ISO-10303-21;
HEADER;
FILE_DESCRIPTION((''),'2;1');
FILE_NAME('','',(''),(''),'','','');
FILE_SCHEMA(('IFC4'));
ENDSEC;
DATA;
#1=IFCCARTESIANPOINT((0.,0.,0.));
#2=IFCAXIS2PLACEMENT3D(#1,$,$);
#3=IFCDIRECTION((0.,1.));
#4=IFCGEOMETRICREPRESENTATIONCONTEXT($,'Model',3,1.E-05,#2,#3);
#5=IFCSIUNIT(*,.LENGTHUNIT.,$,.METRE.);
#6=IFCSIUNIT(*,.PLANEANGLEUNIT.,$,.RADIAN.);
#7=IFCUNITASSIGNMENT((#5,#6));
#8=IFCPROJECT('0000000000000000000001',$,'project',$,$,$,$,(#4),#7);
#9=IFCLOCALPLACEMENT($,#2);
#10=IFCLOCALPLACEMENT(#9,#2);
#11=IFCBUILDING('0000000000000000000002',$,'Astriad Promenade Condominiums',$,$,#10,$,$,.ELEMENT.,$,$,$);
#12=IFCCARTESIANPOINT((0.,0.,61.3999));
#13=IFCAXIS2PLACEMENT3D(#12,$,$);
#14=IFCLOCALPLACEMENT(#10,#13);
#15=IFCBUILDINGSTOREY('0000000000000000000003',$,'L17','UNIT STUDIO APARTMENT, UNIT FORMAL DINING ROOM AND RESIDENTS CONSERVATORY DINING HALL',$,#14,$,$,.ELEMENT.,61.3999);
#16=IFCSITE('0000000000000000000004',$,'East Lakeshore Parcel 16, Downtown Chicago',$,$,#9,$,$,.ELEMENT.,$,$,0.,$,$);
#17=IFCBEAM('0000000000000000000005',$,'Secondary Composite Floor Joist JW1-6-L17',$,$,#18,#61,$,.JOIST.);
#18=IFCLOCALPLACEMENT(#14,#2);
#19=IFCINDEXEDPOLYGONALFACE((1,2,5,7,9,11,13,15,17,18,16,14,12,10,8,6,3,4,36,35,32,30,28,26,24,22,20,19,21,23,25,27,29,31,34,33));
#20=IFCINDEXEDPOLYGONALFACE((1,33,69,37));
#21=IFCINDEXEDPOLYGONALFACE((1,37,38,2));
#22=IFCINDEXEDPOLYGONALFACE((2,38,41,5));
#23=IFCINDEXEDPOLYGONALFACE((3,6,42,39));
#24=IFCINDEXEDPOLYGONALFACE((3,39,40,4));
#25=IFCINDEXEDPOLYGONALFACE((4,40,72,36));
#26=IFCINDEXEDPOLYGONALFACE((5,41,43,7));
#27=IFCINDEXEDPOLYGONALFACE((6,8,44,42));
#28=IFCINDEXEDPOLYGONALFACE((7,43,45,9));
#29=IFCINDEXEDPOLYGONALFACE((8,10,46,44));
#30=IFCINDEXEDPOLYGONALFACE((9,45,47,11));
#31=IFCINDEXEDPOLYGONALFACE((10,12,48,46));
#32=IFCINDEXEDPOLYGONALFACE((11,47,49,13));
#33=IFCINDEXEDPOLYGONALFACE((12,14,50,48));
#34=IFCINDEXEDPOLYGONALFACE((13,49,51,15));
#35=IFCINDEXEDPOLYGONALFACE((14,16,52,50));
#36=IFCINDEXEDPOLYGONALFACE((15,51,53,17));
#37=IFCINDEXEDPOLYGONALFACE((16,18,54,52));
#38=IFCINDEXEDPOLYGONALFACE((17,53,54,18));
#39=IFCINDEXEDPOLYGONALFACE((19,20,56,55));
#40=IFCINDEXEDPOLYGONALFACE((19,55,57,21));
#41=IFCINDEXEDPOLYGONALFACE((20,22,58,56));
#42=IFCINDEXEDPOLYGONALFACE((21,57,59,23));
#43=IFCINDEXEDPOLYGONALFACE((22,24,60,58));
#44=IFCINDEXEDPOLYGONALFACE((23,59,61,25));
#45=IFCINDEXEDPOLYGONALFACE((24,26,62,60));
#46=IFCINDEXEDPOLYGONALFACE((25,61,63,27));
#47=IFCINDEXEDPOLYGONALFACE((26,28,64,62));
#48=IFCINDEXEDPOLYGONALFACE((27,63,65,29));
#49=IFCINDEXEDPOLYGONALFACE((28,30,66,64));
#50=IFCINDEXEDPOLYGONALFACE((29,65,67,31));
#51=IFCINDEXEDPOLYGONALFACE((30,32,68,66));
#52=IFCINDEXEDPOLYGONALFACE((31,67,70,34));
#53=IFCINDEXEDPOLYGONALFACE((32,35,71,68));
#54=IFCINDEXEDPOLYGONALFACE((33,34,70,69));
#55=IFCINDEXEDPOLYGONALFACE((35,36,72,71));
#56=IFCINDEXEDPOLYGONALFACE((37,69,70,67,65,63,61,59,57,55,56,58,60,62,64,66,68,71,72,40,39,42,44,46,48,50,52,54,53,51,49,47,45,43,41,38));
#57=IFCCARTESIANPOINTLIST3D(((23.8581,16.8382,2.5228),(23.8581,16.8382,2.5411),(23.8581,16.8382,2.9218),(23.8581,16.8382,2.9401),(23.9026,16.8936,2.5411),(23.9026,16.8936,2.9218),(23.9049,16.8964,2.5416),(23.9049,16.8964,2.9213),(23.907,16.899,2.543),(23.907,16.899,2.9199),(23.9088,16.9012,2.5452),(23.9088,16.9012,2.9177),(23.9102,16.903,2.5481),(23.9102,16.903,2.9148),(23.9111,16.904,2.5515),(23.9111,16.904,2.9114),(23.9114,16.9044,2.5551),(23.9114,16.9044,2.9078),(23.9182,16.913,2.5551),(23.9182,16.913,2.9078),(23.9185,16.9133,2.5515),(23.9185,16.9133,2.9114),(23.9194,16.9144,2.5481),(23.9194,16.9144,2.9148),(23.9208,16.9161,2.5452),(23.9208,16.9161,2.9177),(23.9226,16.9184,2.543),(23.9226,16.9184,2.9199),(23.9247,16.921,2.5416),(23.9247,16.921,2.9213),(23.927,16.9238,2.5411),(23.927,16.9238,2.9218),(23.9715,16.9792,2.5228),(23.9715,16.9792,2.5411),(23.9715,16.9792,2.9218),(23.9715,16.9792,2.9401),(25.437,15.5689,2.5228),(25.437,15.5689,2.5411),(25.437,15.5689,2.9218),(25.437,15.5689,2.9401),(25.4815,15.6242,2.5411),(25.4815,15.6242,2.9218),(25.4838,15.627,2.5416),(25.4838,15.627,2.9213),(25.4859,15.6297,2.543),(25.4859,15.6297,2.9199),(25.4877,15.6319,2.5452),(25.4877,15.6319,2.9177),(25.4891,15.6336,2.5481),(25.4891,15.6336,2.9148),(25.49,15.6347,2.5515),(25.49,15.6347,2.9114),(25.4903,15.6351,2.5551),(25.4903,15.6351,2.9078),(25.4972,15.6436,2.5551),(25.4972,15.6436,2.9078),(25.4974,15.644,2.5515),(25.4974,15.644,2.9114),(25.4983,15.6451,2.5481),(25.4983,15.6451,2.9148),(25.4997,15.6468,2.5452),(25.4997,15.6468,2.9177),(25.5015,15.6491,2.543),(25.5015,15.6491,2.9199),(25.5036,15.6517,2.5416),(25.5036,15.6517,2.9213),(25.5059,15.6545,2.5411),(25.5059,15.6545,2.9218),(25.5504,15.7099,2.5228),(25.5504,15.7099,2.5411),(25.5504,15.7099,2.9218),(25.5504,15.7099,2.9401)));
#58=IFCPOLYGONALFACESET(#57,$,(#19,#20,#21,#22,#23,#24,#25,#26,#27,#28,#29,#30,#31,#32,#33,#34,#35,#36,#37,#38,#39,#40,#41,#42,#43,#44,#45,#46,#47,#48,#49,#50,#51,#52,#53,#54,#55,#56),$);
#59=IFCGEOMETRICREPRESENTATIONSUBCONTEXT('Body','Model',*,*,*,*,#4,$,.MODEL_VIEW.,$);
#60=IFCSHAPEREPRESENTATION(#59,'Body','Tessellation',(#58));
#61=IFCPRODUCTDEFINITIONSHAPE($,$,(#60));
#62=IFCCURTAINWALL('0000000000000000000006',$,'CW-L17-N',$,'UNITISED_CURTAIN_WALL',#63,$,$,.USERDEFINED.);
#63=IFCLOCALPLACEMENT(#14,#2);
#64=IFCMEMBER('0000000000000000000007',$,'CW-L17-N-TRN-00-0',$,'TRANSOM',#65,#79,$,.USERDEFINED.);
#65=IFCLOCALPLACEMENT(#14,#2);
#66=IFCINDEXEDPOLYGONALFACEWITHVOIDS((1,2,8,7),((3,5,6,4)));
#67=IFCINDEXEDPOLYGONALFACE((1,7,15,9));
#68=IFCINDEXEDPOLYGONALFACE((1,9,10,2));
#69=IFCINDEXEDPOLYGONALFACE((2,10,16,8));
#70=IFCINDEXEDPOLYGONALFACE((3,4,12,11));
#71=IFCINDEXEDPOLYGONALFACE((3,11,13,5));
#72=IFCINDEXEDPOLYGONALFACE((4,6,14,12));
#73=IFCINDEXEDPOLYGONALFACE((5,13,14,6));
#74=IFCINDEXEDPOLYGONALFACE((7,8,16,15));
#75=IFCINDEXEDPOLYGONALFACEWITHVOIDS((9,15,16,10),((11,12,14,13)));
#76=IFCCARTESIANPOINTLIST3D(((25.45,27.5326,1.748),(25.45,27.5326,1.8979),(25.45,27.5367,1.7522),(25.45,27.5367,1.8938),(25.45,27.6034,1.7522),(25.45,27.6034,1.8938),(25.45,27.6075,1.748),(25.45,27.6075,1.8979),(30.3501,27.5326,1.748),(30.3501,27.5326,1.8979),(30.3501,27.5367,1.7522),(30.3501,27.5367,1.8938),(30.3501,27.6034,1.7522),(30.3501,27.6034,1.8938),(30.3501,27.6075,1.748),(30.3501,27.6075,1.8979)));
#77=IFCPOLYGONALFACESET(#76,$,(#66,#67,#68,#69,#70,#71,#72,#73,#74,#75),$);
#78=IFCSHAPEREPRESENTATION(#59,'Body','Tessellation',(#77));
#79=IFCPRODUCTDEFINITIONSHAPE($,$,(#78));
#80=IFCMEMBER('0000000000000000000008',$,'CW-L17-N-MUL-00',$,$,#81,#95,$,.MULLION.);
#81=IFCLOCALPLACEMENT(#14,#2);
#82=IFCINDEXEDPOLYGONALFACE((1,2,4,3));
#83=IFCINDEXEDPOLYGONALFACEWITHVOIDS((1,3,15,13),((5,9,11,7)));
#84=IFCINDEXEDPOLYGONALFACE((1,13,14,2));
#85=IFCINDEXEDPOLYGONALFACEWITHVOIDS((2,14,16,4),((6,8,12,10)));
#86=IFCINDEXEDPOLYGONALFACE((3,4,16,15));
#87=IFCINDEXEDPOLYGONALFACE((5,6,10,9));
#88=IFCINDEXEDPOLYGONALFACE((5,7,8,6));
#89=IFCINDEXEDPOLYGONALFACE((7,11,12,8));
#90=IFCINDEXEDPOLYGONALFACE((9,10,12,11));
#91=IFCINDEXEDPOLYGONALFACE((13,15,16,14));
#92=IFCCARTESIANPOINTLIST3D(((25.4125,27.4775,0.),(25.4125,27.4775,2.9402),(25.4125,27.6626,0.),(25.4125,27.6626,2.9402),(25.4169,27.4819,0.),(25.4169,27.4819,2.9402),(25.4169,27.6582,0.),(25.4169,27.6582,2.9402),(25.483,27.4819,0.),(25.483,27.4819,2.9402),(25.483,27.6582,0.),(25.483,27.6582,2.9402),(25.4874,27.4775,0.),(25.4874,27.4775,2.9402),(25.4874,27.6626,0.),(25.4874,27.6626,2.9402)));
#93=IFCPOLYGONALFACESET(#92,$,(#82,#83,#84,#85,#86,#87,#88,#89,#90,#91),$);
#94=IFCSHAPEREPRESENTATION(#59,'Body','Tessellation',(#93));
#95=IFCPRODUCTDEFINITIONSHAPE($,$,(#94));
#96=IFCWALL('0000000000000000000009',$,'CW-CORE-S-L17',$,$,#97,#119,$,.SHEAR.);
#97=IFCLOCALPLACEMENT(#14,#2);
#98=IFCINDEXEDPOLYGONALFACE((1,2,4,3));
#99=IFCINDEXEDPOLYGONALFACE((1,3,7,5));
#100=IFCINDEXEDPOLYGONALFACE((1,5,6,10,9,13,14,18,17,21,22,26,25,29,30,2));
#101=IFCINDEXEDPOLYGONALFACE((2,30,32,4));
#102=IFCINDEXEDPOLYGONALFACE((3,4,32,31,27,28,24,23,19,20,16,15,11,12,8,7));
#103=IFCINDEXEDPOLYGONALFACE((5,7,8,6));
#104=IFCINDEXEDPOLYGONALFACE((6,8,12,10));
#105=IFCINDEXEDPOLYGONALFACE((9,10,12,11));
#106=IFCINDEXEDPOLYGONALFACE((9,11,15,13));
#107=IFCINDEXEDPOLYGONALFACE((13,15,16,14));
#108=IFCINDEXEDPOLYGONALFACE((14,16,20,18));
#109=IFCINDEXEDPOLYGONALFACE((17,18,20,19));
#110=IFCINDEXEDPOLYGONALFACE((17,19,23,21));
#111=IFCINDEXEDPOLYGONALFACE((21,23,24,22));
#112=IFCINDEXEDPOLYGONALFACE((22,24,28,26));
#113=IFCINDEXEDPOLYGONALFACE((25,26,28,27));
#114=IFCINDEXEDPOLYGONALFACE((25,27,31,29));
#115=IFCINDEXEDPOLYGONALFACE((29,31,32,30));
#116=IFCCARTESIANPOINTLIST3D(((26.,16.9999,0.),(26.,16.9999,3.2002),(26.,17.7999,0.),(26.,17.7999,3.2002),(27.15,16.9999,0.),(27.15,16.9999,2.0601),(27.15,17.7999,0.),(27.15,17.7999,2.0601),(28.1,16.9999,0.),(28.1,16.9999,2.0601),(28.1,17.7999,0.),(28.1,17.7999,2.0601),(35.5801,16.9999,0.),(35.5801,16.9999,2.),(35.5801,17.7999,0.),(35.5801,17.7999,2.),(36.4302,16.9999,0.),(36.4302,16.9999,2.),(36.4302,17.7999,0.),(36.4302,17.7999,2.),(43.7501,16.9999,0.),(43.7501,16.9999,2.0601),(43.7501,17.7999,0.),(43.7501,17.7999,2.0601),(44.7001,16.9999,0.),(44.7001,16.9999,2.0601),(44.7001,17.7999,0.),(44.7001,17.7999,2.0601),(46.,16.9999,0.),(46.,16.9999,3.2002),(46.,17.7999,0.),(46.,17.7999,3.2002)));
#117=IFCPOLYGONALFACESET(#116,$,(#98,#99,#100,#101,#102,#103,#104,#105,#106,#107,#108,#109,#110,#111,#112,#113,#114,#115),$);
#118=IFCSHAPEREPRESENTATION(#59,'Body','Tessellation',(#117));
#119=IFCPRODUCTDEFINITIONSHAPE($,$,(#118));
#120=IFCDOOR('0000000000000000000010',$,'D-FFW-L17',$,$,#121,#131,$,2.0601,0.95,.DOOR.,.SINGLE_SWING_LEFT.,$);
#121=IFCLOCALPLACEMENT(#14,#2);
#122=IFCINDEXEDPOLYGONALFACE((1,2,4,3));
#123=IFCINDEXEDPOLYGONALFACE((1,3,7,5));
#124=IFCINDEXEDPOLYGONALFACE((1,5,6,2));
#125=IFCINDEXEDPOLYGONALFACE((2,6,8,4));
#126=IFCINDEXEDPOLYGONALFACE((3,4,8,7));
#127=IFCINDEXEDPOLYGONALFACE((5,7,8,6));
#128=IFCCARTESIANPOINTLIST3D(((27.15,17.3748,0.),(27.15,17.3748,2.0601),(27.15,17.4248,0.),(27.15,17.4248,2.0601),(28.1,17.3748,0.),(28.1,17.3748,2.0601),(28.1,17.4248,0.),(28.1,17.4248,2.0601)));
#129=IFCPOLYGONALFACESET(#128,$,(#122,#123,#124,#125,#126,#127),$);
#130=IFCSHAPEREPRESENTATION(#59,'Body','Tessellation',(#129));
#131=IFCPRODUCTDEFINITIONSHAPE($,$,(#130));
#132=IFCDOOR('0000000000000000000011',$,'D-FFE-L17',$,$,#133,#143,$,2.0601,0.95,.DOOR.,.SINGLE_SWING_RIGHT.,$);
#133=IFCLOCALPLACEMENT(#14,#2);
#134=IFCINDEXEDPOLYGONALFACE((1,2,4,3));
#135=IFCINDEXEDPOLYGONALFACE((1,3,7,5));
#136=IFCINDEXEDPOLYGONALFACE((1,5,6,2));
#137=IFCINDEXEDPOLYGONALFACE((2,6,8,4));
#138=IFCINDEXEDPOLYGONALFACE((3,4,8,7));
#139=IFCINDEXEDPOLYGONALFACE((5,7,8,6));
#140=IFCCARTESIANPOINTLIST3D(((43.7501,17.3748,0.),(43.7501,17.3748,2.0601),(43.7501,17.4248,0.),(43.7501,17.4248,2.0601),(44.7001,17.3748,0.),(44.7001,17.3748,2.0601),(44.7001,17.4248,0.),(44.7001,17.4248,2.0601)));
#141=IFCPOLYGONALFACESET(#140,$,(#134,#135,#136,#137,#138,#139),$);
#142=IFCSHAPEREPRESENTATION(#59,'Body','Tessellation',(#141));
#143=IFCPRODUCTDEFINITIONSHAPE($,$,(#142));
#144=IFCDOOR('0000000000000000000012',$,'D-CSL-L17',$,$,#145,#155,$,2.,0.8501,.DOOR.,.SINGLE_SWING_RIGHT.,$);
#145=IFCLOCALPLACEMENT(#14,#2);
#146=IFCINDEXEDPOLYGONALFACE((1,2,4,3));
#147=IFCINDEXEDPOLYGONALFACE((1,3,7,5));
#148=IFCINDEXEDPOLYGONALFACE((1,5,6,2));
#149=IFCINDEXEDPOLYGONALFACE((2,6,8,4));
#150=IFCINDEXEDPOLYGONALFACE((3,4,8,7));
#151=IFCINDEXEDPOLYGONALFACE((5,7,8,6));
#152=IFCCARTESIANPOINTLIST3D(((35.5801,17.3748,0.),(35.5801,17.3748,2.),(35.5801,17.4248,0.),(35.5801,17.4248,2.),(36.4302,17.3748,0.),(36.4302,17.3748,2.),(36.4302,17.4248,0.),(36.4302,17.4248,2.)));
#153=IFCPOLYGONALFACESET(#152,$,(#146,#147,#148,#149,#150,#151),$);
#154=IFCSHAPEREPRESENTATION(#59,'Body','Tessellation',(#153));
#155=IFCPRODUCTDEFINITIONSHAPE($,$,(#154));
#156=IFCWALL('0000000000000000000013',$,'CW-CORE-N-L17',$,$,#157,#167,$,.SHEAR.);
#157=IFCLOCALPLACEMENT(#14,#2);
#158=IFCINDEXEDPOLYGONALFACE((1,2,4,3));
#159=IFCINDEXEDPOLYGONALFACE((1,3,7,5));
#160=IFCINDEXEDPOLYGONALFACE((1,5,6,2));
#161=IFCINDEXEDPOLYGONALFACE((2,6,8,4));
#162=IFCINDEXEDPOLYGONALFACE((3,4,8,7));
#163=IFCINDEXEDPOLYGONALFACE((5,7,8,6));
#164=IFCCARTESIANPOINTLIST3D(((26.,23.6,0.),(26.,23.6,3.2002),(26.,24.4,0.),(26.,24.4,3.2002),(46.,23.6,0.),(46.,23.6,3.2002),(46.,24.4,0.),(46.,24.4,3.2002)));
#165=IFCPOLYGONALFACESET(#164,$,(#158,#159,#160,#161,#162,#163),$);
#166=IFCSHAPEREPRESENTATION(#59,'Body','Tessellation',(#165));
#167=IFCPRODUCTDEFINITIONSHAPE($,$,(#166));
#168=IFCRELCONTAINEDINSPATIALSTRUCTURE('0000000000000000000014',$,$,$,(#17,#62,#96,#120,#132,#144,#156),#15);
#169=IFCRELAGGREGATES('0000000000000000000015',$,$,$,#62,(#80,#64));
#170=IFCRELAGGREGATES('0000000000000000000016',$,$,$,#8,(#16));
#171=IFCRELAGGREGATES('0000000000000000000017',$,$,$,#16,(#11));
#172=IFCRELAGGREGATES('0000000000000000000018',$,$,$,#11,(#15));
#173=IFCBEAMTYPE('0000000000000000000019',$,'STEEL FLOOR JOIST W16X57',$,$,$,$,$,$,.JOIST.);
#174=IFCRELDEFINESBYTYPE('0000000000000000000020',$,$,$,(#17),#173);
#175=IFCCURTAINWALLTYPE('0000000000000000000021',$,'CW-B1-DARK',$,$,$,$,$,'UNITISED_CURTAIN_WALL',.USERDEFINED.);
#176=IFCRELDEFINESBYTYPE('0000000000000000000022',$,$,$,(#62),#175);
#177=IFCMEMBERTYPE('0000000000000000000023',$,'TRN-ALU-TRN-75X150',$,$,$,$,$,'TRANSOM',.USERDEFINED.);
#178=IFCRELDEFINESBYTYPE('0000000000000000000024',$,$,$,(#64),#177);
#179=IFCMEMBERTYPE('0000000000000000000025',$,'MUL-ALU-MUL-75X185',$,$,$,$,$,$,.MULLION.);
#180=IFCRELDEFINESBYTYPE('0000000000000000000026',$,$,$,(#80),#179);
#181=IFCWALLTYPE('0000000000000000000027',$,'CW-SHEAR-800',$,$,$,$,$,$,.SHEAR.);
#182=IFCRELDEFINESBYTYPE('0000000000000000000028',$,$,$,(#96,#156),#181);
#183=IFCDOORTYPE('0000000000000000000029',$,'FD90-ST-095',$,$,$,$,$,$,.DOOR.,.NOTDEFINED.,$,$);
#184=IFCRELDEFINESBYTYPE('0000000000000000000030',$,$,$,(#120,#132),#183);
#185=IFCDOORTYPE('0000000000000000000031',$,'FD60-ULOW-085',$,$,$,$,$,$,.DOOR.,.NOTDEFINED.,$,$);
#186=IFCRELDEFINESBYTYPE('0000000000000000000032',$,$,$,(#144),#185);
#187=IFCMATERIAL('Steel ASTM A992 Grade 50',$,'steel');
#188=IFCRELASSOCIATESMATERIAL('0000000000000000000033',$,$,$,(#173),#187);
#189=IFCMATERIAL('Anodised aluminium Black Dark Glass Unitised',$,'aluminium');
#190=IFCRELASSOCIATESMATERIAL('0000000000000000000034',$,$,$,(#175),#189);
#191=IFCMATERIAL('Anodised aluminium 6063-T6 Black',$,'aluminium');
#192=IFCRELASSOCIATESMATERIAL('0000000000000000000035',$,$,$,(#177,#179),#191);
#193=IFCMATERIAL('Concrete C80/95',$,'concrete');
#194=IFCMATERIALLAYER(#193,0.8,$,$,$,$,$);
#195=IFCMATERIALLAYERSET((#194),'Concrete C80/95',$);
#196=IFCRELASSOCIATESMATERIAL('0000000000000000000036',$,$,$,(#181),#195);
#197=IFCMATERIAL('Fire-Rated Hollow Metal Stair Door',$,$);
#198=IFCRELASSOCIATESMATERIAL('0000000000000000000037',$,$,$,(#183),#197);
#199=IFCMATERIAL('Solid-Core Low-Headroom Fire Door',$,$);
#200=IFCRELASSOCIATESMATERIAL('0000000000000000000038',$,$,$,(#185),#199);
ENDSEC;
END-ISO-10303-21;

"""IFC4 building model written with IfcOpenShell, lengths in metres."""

from ifc_helpers import new_model, si_unit, direction, frame, frame_2d, origin, origin_2d, place, context, subcontext, project, spatial, rectangle, hollow_rectangle, i_section, extrude, source, transform, mapped, material, layer, layer_set, material_profile, profile_set, type_object, type_shapes, element, fill, aggregate, save


model = new_model("IFC4")

# Units and contexts
model_context = context("Model", 3, precision=1e-05, world=origin(), true_north=direction((0.0, 1.0)))
body_context = subcontext(model_context, "Body", "Model", "MODEL_VIEW")
ifc_project = project(units=[si_unit("LENGTHUNIT", "METRE"), si_unit("PLANEANGLEUNIT", "RADIAN")], contexts=[model_context])

# Site, building, storey
site_placement = place(None, origin())
site = spatial("IfcSite", under=ifc_project, at=site_placement, Name="East Lakeshore Parcel 16, Downtown Chicago", CompositionType="ELEMENT", RefElevation=0.0)
building_placement = place(site_placement, origin())
building = spatial("IfcBuilding", under=site, at=building_placement, Name="Astriad Promenade Condominiums", CompositionType="ELEMENT")
storey_placement = place(building_placement, frame((0.0, 0.0, 61.3999)))
storey = spatial("IfcBuildingStorey", under=building, at=storey_placement, Name="L17", Description="UNIT STUDIO APARTMENT, UNIT FORMAL DINING ROOM AND RESIDENTS CONSERVATORY DINING HALL", CompositionType="ELEMENT", Elevation=61.3999)

# Shared definitions
ifc_material_1 = material(Name="Steel ASTM A992 Grade 50", Category="steel")
ifc_material_2 = material(Name="Concrete C80/95", Category="concrete")

# Beam
ifc_material_profile_1 = material_profile(ifc_material_1, i_section(OverallWidth=0.1809, OverallDepth=0.4172, WebThickness=0.011, FlangeThickness=0.0183, FilletRadius=0.0139, at=origin_2d()), Name="W16X57")
ifc_profile_set_1 = profile_set([ifc_material_profile_1], Name="Steel ASTM A992 Grade 50")
beam_type_1 = type_object("IfcBeamType", Name="STEEL FLOOR JOIST W16X57", PredefinedType="JOIST", material=ifc_profile_set_1)
shared_shape_1 = source(origin(), body_context, "Body", "SweptSolid", [
    extrude(i_section(OverallWidth=0.1809, OverallDepth=0.4172, WebThickness=0.011, FlangeThickness=0.0183, FilletRadius=0.0139, at=origin_2d()), origin(), (0.0, 0.0, 1.0), 2.0259),
])
type_shapes(beam_type_1, [shared_shape_1])
beam_1_placement = place(storey_placement, frame((23.9148, 16.9087, 2.7314), z_axis=(0.779373, -0.62656, 0.0), x_axis=(0.62656, 0.779373, 0.0)))
element("IfcBeam", 1, at=beam_1_placement, inside=storey, type_object=beam_type_1, Name="Secondary Composite Floor Joist JW1-6-L17", PredefinedType="JOIST", context=body_context, shape_type="MappedRepresentation", body=[
    mapped(shared_shape_1, transform((0.0, 0.0, 0.0), scale=1.0)),
])

# Curtain wall, members
ifc_material_3 = material(Name="Anodised aluminium Black Dark Glass Unitised", Category="aluminium")
curtain_wall_type = type_object("IfcCurtainWallType", Name="CW-B1-DARK", ElementType="UNITISED_CURTAIN_WALL", PredefinedType="USERDEFINED", material=ifc_material_3)
curtain_wall_placement = place(storey_placement, origin())
curtain_wall = element("IfcCurtainWall", 2, at=curtain_wall_placement, inside=storey, type_object=curtain_wall_type, Name="CW-L17-N", ObjectType="UNITISED_CURTAIN_WALL", PredefinedType="USERDEFINED")
ifc_material_4 = material(Name="Anodised aluminium 6063-T6 Black", Category="aluminium")
ifc_material_profile_2 = material_profile(ifc_material_4, hollow_rectangle(XDim=0.075, YDim=0.1499, WallThickness=0.0042, at=origin_2d()), Name="ALU-TRN-75X150")
ifc_profile_set_2 = profile_set([ifc_material_profile_2], Name="Anodised aluminium 6063-T6 Black")
member_type_1 = type_object("IfcMemberType", Name="TRN-ALU-TRN-75X150", ElementType="TRANSOM", PredefinedType="USERDEFINED", material=ifc_profile_set_2)
shared_shape_2 = source(origin(), body_context, "Body", "SweptSolid", [
    extrude(hollow_rectangle(XDim=0.075, YDim=0.1499, WallThickness=0.0042, at=origin_2d()), origin(), (0.0, 0.0, 1.0), 4.9001),
])
type_shapes(member_type_1, [shared_shape_2])
member_1_placement = place(storey_placement, frame((25.45, 27.5701, 1.823), z_axis=(1.0, 0.0, 0.0), x_axis=(0.0, 1.0, 0.0)))
member_1 = element("IfcMember", 3, at=member_1_placement, type_object=member_type_1, Name="CW-L17-N-TRN-00-0", ObjectType="TRANSOM", PredefinedType="USERDEFINED", context=body_context, shape_type="MappedRepresentation", body=[
    mapped(shared_shape_2, transform((0.0, 0.0, 0.0), scale=1.0)),
])
ifc_material_profile_3 = material_profile(ifc_material_4, hollow_rectangle(XDim=0.075, YDim=0.1851, WallThickness=0.0044, at=origin_2d()), Name="ALU-MUL-75X185")
ifc_profile_set_3 = profile_set([ifc_material_profile_3], Name="Anodised aluminium 6063-T6 Black")
member_type_2 = type_object("IfcMemberType", Name="MUL-ALU-MUL-75X185", PredefinedType="MULLION", material=ifc_profile_set_3)
shared_shape_3 = source(origin(), body_context, "Body", "SweptSolid", [
    extrude(hollow_rectangle(XDim=0.075, YDim=0.1851, WallThickness=0.0044, at=origin_2d()), origin(), (0.0, 0.0, 1.0), 2.9402),
])
type_shapes(member_type_2, [shared_shape_3])
member_2_placement = place(storey_placement, frame((25.45, 27.5701, 0.0), z_axis=(0.0, 0.0, 1.0), x_axis=(1.0, 0.0, 0.0)))
member_2 = element("IfcMember", 4, at=member_2_placement, type_object=member_type_2, Name="CW-L17-N-MUL-00", PredefinedType="MULLION", context=body_context, shape_type="MappedRepresentation", body=[
    mapped(shared_shape_3, transform((0.0, 0.0, 0.0), scale=1.0)),
])
aggregate(curtain_wall, [member_2, member_1])

# Wall, openings, doors
ifc_layer_1 = layer(ifc_material_2, 0.8)
ifc_layer_set_1 = layer_set([ifc_layer_1], Name="Concrete C80/95")
wall_type_1 = type_object("IfcWallType", Name="CW-SHEAR-800", PredefinedType="SHEAR", material=ifc_layer_set_1)
wall_1_placement = place(storey_placement, frame((26.0, 17.3999, 0.0), z_axis=(0.0, 0.0, 1.0), x_axis=(1.0, 0.0, 0.0)))
wall_1 = element("IfcWall", 5, at=wall_1_placement, inside=storey, type_object=wall_type_1, Name="CW-CORE-S-L17", PredefinedType="SHEAR", context=body_context, shape_type="SweptSolid", body=[
    extrude(rectangle(XDim=20.0, YDim=0.8, at=frame_2d((10.0, 0.0))), origin(), (0.0, 0.0, 1.0), 3.2002),
])
opening_1_placement = place(wall_1_placement, frame((1.1499, 0.0, 0.0)))
opening_1 = element("IfcOpeningElement", 6, at=opening_1_placement, cuts=wall_1, PredefinedType="OPENING", context=body_context, shape_type="SweptSolid", body=[
    extrude(rectangle(XDim=0.95, YDim=2.0601, at=frame_2d((0.4751, 1.03))), frame((0.0, 0.4099, 0.0), z_axis=(0.0, -1.0, 0.0), x_axis=(1.0, 0.0, 0.0)), (0.0, 0.0, 1.0), 0.8201),
])
opening_2_placement = place(wall_1_placement, frame((9.5801, 0.0, 0.0)))
opening_2 = element("IfcOpeningElement", 7, at=opening_2_placement, cuts=wall_1, PredefinedType="OPENING", context=body_context, shape_type="SweptSolid", body=[
    extrude(rectangle(XDim=0.8501, YDim=2.0, at=frame_2d((0.425, 1.0))), frame((0.0, 0.4099, 0.0), z_axis=(0.0, -1.0, 0.0), x_axis=(1.0, 0.0, 0.0)), (0.0, 0.0, 1.0), 0.8201),
])
opening_3_placement = place(wall_1_placement, frame((17.75, 0.0, 0.0)))
opening_3 = element("IfcOpeningElement", 8, at=opening_3_placement, cuts=wall_1, PredefinedType="OPENING", context=body_context, shape_type="SweptSolid", body=[
    extrude(rectangle(XDim=0.95, YDim=2.0601, at=frame_2d((0.4751, 1.03))), frame((0.0, 0.4099, 0.0), z_axis=(0.0, -1.0, 0.0), x_axis=(1.0, 0.0, 0.0)), (0.0, 0.0, 1.0), 0.8201),
])
ifc_material_5 = material(Name="Fire-Rated Hollow Metal Stair Door")
door_type_1 = type_object("IfcDoorType", Name="FD90-ST-095", OperationType="NOTDEFINED", PredefinedType="DOOR", material=ifc_material_5)
shared_shape_4 = source(origin(), body_context, "Body", "SweptSolid", [
    extrude(rectangle(XDim=0.95, YDim=2.0601, at=frame_2d((0.4751, 1.03))), frame((0.0, 0.0249, 0.0), z_axis=(0.0, -1.0, 0.0), x_axis=(1.0, 0.0, 0.0)), (0.0, 0.0, 1.0), 0.05),
])
type_shapes(door_type_1, [shared_shape_4])
door_1_placement = place(opening_1_placement, origin())
door_1 = element("IfcDoor", 9, at=door_1_placement, inside=storey, type_object=door_type_1, Name="D-FFW-L17", OperationType="SINGLE_SWING_LEFT", OverallHeight=2.0601, OverallWidth=0.95, PredefinedType="DOOR", context=body_context, shape_type="MappedRepresentation", body=[
    mapped(shared_shape_4, transform((0.0, 0.0, 0.0), scale=1.0)),
])
fill(opening_1, door_1)
door_2_placement = place(opening_3_placement, origin())
door_2 = element("IfcDoor", 10, at=door_2_placement, inside=storey, type_object=door_type_1, Name="D-FFE-L17", OperationType="SINGLE_SWING_RIGHT", OverallHeight=2.0601, OverallWidth=0.95, PredefinedType="DOOR", context=body_context, shape_type="MappedRepresentation", body=[
    mapped(shared_shape_4, transform((0.0, 0.0, 0.0), scale=1.0)),
])
fill(opening_3, door_2)
ifc_material_6 = material(Name="Solid-Core Low-Headroom Fire Door")
door_type_2 = type_object("IfcDoorType", Name="FD60-ULOW-085", OperationType="NOTDEFINED", PredefinedType="DOOR", material=ifc_material_6)
shared_shape_5 = source(origin(), body_context, "Body", "SweptSolid", [
    extrude(rectangle(XDim=0.8501, YDim=2.0, at=frame_2d((0.425, 1.0))), frame((0.0, 0.0249, 0.0), z_axis=(0.0, -1.0, 0.0), x_axis=(1.0, 0.0, 0.0)), (0.0, 0.0, 1.0), 0.05),
])
type_shapes(door_type_2, [shared_shape_5])
door_3_placement = place(opening_2_placement, origin())
door_3 = element("IfcDoor", 11, at=door_3_placement, inside=storey, type_object=door_type_2, Name="D-CSL-L17", OperationType="SINGLE_SWING_RIGHT", OverallHeight=2.0, OverallWidth=0.8501, PredefinedType="DOOR", context=body_context, shape_type="MappedRepresentation", body=[
    mapped(shared_shape_5, transform((0.0, 0.0, 0.0), scale=1.0)),
])
fill(opening_2, door_3)

# Wall
wall_2_placement = place(storey_placement, frame((26.0, 24.0, 0.0), z_axis=(0.0, 0.0, 1.0), x_axis=(1.0, 0.0, 0.0)))
element("IfcWall", 12, at=wall_2_placement, inside=storey, type_object=wall_type_1, Name="CW-CORE-N-L17", PredefinedType="SHEAR", context=body_context, shape_type="SweptSolid", body=[
    extrude(rectangle(XDim=20.0, YDim=0.8, at=frame_2d((10.0, 0.0))), origin(), (0.0, 0.0, 1.0), 3.2002),
])

save(model, "model.ifc")
